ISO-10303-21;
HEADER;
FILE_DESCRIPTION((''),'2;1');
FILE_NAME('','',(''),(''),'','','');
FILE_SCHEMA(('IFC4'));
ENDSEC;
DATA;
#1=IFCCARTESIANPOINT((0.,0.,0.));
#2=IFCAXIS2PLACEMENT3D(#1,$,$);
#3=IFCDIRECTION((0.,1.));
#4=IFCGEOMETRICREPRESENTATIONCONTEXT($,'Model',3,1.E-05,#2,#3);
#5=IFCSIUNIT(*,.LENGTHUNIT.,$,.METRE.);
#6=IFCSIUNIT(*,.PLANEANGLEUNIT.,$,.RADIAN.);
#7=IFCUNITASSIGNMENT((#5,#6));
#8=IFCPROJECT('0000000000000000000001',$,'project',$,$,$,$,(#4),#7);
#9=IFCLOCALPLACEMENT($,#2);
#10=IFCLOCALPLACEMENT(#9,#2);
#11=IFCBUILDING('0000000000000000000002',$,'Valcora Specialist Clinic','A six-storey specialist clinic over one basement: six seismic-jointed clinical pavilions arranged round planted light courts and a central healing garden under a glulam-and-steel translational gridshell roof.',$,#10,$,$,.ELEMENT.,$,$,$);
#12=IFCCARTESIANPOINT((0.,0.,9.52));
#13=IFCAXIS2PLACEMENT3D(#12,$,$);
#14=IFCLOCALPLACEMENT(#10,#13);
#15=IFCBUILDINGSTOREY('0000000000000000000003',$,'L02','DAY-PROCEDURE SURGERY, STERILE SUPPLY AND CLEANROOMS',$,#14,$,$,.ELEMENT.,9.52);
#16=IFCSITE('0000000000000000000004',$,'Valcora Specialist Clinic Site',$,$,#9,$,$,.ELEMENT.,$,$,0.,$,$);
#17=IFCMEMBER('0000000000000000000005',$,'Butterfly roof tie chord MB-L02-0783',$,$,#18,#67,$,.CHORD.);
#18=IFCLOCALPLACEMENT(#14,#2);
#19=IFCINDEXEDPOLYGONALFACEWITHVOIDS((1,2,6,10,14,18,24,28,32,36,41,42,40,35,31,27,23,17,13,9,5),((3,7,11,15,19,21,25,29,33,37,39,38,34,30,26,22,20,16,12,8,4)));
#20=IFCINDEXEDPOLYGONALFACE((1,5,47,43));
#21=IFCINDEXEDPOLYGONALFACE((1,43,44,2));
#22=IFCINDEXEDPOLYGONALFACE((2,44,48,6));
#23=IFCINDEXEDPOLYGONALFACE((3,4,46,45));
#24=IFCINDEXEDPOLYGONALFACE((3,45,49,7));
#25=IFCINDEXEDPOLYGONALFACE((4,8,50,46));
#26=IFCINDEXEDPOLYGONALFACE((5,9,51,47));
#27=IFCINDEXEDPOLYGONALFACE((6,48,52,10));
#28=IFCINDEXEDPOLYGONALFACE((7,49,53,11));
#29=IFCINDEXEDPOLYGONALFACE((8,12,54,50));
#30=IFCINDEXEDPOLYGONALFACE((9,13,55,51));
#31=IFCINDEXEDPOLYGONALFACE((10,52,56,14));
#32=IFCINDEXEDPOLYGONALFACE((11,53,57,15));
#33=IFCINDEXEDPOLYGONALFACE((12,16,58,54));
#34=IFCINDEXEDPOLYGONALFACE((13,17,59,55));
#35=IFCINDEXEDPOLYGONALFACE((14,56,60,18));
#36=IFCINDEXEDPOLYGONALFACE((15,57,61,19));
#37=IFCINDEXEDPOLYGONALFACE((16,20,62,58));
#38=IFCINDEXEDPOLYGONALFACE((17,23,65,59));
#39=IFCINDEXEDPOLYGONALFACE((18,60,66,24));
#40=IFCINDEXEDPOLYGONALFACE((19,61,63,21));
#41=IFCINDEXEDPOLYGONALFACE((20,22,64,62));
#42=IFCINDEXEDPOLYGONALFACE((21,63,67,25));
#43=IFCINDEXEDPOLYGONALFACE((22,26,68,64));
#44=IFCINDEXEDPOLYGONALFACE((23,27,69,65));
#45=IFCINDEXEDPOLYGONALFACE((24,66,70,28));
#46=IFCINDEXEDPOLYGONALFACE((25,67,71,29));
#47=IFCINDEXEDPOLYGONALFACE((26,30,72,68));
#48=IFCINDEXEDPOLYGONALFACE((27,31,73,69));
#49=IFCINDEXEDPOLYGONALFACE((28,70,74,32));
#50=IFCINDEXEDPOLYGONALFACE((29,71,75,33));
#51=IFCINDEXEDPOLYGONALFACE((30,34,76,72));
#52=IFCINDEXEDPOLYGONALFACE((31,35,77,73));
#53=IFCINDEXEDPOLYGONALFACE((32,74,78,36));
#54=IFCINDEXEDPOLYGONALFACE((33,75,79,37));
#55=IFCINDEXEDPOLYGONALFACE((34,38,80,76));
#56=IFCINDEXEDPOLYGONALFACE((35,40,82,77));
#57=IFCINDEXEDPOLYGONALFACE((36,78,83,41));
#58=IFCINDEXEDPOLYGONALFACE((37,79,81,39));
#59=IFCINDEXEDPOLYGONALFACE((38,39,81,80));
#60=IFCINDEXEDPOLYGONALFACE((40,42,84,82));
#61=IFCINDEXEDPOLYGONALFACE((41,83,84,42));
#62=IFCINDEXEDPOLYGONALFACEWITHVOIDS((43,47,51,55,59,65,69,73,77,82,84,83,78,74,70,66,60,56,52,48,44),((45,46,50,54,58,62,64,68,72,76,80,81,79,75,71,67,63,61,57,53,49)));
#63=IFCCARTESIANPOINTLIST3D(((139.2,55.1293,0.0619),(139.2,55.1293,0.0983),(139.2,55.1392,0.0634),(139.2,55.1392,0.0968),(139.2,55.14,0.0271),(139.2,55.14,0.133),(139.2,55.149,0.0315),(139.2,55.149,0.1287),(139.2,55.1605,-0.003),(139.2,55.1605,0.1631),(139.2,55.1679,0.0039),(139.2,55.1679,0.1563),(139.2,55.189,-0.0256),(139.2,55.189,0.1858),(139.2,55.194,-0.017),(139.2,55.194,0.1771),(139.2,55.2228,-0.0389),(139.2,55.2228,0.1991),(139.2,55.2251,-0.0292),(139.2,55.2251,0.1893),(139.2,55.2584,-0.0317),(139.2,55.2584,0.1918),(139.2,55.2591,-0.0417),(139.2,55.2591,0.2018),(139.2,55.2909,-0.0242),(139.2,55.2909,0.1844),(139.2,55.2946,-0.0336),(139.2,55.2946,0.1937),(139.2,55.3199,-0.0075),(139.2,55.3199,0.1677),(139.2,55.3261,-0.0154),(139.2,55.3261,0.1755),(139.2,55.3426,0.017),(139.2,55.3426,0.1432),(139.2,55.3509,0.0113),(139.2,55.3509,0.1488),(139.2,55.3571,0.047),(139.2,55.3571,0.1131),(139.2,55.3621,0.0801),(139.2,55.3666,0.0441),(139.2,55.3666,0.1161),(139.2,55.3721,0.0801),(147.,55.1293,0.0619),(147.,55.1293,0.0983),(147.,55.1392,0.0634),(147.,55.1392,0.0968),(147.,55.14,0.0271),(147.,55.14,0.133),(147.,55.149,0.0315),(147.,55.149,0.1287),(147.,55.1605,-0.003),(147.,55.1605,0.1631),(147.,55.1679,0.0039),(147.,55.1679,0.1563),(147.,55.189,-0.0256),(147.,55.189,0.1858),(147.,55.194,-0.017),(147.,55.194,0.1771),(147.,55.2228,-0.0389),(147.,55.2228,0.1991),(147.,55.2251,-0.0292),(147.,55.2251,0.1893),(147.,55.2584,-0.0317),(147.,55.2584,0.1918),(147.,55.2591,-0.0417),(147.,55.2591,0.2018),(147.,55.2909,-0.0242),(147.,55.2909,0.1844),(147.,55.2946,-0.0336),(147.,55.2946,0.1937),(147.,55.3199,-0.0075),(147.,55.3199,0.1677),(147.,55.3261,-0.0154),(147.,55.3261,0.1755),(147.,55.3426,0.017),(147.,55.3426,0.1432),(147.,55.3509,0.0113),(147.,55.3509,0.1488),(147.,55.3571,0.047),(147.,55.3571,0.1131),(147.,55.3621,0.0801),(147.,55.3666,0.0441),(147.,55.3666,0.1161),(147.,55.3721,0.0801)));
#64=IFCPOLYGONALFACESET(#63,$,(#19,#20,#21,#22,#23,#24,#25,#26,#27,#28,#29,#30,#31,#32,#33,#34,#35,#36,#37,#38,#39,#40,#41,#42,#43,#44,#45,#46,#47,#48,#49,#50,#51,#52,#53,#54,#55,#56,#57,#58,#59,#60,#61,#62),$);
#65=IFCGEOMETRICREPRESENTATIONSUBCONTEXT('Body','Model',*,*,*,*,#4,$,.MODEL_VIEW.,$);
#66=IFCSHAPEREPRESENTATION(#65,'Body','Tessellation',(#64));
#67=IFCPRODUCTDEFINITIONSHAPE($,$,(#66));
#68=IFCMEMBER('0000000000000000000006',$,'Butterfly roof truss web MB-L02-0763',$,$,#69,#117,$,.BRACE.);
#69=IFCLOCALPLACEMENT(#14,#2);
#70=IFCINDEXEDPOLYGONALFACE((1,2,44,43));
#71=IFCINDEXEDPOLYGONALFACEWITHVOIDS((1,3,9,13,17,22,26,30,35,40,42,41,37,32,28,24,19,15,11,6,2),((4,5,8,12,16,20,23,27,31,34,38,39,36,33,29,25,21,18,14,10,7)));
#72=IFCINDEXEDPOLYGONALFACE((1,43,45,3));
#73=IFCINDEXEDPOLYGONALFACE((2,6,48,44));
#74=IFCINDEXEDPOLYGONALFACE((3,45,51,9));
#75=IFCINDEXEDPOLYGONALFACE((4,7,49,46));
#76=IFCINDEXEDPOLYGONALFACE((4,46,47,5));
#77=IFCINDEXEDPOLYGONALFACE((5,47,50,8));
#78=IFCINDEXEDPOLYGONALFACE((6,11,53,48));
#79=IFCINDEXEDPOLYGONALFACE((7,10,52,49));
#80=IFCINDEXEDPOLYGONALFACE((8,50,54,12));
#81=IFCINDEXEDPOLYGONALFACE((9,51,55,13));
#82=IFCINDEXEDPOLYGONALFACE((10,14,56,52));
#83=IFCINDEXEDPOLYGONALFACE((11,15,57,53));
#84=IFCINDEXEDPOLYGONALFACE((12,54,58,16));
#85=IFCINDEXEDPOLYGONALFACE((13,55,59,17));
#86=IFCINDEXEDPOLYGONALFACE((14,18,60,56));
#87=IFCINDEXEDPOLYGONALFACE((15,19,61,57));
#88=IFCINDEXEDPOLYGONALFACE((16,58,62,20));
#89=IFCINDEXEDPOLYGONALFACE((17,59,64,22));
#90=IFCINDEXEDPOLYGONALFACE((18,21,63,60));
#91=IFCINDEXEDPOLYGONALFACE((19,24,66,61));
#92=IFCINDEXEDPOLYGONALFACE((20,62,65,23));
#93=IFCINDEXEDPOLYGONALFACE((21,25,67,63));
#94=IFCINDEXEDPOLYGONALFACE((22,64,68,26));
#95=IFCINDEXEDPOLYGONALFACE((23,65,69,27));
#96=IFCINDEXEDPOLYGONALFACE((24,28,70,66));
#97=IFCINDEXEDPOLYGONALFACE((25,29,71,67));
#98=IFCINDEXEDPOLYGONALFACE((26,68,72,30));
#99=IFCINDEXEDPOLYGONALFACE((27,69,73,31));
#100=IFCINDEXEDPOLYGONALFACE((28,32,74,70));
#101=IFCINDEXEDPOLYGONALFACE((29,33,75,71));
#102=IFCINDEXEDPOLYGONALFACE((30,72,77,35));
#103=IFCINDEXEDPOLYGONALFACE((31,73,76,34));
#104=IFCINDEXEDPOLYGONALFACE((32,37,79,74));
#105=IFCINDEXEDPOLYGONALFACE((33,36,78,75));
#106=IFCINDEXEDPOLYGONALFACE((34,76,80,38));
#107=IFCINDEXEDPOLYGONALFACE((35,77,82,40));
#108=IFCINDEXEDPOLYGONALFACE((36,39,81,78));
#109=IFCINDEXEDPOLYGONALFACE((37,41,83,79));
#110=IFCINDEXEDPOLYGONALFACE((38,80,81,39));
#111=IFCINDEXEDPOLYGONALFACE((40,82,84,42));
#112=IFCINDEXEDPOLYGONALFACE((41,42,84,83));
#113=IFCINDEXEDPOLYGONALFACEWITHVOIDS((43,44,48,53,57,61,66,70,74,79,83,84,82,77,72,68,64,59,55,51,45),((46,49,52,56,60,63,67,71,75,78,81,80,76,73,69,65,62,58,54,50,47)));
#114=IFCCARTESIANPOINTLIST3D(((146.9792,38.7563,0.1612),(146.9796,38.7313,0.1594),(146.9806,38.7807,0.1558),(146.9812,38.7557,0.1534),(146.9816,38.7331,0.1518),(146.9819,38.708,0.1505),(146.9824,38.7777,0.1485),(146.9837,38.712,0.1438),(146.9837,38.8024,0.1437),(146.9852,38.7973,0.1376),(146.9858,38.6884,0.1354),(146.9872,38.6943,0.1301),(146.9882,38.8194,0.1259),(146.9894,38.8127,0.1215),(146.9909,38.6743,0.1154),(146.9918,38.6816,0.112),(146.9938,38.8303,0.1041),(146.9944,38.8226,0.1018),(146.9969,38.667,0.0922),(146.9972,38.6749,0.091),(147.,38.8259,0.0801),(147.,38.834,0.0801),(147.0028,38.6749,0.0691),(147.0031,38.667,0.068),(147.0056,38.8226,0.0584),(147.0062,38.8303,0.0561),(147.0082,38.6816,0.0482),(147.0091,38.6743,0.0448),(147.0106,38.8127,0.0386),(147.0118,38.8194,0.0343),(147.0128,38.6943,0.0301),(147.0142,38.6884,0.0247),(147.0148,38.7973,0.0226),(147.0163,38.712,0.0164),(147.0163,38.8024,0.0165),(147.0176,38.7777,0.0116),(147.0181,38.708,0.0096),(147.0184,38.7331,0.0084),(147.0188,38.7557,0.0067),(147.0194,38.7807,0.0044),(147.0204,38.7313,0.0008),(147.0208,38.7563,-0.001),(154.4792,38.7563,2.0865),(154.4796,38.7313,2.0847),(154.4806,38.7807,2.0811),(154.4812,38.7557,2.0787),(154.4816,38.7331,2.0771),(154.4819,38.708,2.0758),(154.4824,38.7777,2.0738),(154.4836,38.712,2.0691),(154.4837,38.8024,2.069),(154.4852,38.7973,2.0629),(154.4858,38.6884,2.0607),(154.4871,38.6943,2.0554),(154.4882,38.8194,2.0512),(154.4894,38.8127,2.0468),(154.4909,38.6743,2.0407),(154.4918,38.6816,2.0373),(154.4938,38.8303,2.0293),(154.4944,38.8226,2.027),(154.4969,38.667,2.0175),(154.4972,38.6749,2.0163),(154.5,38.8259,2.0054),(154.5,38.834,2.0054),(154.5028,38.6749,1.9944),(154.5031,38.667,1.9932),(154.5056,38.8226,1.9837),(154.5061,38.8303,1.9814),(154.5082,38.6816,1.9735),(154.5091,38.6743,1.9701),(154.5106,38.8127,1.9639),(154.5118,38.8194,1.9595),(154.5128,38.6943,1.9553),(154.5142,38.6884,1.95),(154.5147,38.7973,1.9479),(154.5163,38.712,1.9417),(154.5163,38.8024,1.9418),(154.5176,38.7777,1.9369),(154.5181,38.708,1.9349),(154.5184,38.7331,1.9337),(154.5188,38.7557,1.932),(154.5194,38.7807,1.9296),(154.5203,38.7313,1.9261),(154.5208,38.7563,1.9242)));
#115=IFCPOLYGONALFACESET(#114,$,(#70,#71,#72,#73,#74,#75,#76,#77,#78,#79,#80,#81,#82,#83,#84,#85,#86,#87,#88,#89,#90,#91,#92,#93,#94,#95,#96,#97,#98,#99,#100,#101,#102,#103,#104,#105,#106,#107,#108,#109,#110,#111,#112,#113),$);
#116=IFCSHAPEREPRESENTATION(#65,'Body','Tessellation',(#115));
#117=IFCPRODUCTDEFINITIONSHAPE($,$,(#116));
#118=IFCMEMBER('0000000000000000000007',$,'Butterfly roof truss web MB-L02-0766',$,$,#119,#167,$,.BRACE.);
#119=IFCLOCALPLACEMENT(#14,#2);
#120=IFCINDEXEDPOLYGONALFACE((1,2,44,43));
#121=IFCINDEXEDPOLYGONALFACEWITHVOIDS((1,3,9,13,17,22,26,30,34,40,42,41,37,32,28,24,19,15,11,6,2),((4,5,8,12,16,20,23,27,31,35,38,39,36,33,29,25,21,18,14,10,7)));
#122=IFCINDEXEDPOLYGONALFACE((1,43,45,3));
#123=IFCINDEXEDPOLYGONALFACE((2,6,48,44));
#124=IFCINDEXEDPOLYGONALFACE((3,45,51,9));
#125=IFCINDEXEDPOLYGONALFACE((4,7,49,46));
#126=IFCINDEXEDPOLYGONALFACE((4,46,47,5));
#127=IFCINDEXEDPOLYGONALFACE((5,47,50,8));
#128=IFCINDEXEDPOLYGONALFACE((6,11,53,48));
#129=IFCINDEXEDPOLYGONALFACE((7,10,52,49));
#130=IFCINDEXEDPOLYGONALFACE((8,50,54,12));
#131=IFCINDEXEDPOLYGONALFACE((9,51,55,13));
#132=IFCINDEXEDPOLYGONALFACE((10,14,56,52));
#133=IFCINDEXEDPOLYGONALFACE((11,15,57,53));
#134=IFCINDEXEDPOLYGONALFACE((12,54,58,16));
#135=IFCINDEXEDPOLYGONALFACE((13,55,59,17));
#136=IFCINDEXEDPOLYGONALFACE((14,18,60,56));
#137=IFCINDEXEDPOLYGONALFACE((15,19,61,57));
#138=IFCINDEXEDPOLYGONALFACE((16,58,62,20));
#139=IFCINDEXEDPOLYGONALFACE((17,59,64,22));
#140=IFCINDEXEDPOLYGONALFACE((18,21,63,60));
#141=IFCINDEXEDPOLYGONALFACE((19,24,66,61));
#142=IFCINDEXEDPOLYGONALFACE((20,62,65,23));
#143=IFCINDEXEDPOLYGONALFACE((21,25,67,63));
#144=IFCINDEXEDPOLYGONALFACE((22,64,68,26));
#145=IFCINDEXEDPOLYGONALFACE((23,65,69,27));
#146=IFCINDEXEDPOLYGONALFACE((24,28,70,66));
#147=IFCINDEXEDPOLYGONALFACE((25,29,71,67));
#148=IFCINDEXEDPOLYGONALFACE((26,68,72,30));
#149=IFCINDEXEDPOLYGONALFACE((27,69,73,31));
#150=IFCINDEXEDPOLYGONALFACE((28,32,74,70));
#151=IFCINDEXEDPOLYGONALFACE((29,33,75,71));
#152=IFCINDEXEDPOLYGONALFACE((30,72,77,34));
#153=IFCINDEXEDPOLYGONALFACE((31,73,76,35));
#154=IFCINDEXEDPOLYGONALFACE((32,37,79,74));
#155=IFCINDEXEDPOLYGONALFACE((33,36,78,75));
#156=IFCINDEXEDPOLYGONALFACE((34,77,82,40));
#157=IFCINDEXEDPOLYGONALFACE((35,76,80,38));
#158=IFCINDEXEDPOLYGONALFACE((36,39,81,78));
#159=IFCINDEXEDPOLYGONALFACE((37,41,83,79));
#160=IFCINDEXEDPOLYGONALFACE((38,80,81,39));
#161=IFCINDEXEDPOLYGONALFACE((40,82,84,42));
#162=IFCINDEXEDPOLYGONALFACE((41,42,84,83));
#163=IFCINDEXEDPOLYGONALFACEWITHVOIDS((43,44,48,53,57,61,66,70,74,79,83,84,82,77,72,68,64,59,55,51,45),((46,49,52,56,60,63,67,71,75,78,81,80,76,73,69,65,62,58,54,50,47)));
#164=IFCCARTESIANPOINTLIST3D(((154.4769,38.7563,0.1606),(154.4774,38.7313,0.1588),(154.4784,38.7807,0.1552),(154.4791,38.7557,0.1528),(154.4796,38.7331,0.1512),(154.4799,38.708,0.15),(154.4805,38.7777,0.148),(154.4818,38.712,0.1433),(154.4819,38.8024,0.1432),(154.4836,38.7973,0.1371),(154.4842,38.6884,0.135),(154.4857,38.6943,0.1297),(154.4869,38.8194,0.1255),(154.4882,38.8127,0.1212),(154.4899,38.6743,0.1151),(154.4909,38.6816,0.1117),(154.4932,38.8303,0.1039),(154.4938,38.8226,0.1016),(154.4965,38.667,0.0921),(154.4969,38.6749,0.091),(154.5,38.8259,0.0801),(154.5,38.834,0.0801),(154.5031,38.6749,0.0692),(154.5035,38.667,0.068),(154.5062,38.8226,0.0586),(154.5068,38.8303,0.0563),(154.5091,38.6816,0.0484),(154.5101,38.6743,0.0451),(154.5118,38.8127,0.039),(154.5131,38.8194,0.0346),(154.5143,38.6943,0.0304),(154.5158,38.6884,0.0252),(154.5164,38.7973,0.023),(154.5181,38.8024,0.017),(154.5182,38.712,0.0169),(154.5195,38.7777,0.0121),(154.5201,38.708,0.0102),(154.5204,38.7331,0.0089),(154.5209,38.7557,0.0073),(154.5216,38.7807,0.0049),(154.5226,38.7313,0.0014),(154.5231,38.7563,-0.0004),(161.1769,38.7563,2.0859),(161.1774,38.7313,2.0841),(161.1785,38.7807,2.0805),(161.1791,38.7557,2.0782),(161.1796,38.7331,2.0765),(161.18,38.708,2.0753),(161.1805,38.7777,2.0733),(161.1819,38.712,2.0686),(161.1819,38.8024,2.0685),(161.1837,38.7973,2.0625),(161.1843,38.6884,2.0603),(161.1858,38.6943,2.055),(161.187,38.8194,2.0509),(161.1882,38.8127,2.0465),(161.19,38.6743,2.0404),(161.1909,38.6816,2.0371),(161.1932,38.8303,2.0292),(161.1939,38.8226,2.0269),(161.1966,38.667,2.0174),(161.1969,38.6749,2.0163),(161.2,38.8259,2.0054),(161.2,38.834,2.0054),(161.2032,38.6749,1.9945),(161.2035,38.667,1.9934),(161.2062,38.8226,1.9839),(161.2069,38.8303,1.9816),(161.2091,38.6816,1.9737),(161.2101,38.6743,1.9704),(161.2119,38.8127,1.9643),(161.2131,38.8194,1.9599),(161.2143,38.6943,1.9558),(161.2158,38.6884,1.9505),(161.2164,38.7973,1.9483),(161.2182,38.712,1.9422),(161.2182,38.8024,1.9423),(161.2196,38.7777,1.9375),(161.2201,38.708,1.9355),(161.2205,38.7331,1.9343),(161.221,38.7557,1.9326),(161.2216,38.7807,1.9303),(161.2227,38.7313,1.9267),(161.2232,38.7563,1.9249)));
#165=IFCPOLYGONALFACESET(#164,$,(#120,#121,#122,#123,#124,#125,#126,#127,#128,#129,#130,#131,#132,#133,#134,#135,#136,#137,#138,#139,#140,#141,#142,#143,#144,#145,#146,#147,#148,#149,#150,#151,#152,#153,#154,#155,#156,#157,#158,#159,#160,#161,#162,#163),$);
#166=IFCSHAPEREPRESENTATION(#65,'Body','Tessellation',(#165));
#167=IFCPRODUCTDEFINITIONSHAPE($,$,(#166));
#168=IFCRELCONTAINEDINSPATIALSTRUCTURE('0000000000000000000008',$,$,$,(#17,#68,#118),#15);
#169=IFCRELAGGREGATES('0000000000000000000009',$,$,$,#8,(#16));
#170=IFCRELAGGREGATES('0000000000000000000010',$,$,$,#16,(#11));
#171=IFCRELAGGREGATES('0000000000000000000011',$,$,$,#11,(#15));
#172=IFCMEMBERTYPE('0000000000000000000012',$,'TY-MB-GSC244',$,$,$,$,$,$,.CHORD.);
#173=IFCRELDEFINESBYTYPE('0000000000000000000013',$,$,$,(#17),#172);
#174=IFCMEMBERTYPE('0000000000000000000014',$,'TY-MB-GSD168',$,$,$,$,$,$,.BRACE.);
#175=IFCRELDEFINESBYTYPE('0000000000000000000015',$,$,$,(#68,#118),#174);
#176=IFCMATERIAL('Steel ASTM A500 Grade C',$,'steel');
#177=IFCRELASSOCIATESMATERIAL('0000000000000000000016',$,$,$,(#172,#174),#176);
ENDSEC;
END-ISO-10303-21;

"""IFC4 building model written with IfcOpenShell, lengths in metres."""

from ifc_helpers import new_model, si_unit, direction, frame, origin, origin_2d, place, context, subcontext, project, spatial, hollow_circle, extrude, material, material_profile, profile_set, type_object, element, save


model = new_model("IFC4")

# Units and contexts
model_context = context("Model", 3, precision=1e-05, world=origin(), true_north=direction((0.0, 1.0)))
body_context = subcontext(model_context, "Body", "Model", "MODEL_VIEW")
ifc_project = project(units=[si_unit("LENGTHUNIT", "METRE"), si_unit("PLANEANGLEUNIT", "RADIAN")], contexts=[model_context])

# Site, building, storey
site_placement = place(None, origin())
site = spatial("IfcSite", under=ifc_project, at=site_placement, Name="Valcora Specialist Clinic Site", CompositionType="ELEMENT", RefElevation=0.0)
building_placement = place(site_placement, origin())
building = spatial("IfcBuilding", under=site, at=building_placement, Name="Valcora Specialist Clinic", Description="A six-storey specialist clinic over one basement: six seismic-jointed clinical pavilions arranged round planted light courts and a central healing garden under a glulam-and-steel translational gridshell roof.", CompositionType="ELEMENT")
storey_placement = place(building_placement, frame((0.0, 0.0, 9.52)))
storey = spatial("IfcBuildingStorey", under=building, at=storey_placement, Name="L02", Description="DAY-PROCEDURE SURGERY, STERILE SUPPLY AND CLEANROOMS", CompositionType="ELEMENT", Elevation=9.52)

# Shared definitions
ifc_material_1 = material(Name="Steel ASTM A500 Grade C", Category="steel")

# Members
ifc_material_profile_1 = material_profile(ifc_material_1, hollow_circle(Radius=0.1221, WallThickness=0.01, at=origin_2d()), Name="ST-CHS-244X10")
ifc_profile_set_1 = profile_set([ifc_material_profile_1], Name="Steel ASTM A500 Grade C")
member_type_1 = type_object("IfcMemberType", Name="TY-MB-GSC244", PredefinedType="CHORD", material=ifc_profile_set_1)
member_1_placement = place(storey_placement, frame((139.2, 55.25, 0.0801), z_axis=(1.0, 0.0, 0.0), x_axis=(0.0, 1.0, 0.0)))
element("IfcMember", 1, at=member_1_placement, inside=storey, type_object=member_type_1, Name="Butterfly roof tie chord MB-L02-0783", PredefinedType="CHORD", context=body_context, shape_type="SweptSolid", body=[
    extrude(hollow_circle(Radius=0.1221, WallThickness=0.01, at=origin_2d()), origin(), (0.0, 0.0, 1.0), 7.8),
])
ifc_material_profile_2 = material_profile(ifc_material_1, hollow_circle(Radius=0.084, WallThickness=0.0081, at=origin_2d()), Name="ST-CHS-168X8")
ifc_profile_set_2 = profile_set([ifc_material_profile_2], Name="Steel ASTM A500 Grade C")
member_type_2 = type_object("IfcMemberType", Name="TY-MB-GSD168", PredefinedType="BRACE", material=ifc_profile_set_2)
member_2_placement = place(storey_placement, frame((147.0, 38.75, 0.0801), z_axis=(0.968595, 0.0, 0.248644), x_axis=(0.0, 1.0, 0.0)))
element("IfcMember", 2, at=member_2_placement, inside=storey, type_object=member_type_2, Name="Butterfly roof truss web MB-L02-0763", PredefinedType="BRACE", context=body_context, shape_type="SweptSolid", body=[
    extrude(hollow_circle(Radius=0.084, WallThickness=0.0081, at=origin_2d()), origin(), (0.0, 0.0, 1.0), 7.7432),
])
member_3_placement = place(storey_placement, frame((154.5, 38.75, 0.0801), z_axis=(0.961105, 0.0, 0.276182), x_axis=(0.0, 1.0, 0.0)))
element("IfcMember", 3, at=member_3_placement, inside=storey, type_object=member_type_2, Name="Butterfly roof truss web MB-L02-0766", PredefinedType="BRACE", context=body_context, shape_type="SweptSolid", body=[
    extrude(hollow_circle(Radius=0.084, WallThickness=0.0081, at=origin_2d()), origin(), (0.0, 0.0, 1.0), 6.9712),
])

save(model, "model.ifc")
